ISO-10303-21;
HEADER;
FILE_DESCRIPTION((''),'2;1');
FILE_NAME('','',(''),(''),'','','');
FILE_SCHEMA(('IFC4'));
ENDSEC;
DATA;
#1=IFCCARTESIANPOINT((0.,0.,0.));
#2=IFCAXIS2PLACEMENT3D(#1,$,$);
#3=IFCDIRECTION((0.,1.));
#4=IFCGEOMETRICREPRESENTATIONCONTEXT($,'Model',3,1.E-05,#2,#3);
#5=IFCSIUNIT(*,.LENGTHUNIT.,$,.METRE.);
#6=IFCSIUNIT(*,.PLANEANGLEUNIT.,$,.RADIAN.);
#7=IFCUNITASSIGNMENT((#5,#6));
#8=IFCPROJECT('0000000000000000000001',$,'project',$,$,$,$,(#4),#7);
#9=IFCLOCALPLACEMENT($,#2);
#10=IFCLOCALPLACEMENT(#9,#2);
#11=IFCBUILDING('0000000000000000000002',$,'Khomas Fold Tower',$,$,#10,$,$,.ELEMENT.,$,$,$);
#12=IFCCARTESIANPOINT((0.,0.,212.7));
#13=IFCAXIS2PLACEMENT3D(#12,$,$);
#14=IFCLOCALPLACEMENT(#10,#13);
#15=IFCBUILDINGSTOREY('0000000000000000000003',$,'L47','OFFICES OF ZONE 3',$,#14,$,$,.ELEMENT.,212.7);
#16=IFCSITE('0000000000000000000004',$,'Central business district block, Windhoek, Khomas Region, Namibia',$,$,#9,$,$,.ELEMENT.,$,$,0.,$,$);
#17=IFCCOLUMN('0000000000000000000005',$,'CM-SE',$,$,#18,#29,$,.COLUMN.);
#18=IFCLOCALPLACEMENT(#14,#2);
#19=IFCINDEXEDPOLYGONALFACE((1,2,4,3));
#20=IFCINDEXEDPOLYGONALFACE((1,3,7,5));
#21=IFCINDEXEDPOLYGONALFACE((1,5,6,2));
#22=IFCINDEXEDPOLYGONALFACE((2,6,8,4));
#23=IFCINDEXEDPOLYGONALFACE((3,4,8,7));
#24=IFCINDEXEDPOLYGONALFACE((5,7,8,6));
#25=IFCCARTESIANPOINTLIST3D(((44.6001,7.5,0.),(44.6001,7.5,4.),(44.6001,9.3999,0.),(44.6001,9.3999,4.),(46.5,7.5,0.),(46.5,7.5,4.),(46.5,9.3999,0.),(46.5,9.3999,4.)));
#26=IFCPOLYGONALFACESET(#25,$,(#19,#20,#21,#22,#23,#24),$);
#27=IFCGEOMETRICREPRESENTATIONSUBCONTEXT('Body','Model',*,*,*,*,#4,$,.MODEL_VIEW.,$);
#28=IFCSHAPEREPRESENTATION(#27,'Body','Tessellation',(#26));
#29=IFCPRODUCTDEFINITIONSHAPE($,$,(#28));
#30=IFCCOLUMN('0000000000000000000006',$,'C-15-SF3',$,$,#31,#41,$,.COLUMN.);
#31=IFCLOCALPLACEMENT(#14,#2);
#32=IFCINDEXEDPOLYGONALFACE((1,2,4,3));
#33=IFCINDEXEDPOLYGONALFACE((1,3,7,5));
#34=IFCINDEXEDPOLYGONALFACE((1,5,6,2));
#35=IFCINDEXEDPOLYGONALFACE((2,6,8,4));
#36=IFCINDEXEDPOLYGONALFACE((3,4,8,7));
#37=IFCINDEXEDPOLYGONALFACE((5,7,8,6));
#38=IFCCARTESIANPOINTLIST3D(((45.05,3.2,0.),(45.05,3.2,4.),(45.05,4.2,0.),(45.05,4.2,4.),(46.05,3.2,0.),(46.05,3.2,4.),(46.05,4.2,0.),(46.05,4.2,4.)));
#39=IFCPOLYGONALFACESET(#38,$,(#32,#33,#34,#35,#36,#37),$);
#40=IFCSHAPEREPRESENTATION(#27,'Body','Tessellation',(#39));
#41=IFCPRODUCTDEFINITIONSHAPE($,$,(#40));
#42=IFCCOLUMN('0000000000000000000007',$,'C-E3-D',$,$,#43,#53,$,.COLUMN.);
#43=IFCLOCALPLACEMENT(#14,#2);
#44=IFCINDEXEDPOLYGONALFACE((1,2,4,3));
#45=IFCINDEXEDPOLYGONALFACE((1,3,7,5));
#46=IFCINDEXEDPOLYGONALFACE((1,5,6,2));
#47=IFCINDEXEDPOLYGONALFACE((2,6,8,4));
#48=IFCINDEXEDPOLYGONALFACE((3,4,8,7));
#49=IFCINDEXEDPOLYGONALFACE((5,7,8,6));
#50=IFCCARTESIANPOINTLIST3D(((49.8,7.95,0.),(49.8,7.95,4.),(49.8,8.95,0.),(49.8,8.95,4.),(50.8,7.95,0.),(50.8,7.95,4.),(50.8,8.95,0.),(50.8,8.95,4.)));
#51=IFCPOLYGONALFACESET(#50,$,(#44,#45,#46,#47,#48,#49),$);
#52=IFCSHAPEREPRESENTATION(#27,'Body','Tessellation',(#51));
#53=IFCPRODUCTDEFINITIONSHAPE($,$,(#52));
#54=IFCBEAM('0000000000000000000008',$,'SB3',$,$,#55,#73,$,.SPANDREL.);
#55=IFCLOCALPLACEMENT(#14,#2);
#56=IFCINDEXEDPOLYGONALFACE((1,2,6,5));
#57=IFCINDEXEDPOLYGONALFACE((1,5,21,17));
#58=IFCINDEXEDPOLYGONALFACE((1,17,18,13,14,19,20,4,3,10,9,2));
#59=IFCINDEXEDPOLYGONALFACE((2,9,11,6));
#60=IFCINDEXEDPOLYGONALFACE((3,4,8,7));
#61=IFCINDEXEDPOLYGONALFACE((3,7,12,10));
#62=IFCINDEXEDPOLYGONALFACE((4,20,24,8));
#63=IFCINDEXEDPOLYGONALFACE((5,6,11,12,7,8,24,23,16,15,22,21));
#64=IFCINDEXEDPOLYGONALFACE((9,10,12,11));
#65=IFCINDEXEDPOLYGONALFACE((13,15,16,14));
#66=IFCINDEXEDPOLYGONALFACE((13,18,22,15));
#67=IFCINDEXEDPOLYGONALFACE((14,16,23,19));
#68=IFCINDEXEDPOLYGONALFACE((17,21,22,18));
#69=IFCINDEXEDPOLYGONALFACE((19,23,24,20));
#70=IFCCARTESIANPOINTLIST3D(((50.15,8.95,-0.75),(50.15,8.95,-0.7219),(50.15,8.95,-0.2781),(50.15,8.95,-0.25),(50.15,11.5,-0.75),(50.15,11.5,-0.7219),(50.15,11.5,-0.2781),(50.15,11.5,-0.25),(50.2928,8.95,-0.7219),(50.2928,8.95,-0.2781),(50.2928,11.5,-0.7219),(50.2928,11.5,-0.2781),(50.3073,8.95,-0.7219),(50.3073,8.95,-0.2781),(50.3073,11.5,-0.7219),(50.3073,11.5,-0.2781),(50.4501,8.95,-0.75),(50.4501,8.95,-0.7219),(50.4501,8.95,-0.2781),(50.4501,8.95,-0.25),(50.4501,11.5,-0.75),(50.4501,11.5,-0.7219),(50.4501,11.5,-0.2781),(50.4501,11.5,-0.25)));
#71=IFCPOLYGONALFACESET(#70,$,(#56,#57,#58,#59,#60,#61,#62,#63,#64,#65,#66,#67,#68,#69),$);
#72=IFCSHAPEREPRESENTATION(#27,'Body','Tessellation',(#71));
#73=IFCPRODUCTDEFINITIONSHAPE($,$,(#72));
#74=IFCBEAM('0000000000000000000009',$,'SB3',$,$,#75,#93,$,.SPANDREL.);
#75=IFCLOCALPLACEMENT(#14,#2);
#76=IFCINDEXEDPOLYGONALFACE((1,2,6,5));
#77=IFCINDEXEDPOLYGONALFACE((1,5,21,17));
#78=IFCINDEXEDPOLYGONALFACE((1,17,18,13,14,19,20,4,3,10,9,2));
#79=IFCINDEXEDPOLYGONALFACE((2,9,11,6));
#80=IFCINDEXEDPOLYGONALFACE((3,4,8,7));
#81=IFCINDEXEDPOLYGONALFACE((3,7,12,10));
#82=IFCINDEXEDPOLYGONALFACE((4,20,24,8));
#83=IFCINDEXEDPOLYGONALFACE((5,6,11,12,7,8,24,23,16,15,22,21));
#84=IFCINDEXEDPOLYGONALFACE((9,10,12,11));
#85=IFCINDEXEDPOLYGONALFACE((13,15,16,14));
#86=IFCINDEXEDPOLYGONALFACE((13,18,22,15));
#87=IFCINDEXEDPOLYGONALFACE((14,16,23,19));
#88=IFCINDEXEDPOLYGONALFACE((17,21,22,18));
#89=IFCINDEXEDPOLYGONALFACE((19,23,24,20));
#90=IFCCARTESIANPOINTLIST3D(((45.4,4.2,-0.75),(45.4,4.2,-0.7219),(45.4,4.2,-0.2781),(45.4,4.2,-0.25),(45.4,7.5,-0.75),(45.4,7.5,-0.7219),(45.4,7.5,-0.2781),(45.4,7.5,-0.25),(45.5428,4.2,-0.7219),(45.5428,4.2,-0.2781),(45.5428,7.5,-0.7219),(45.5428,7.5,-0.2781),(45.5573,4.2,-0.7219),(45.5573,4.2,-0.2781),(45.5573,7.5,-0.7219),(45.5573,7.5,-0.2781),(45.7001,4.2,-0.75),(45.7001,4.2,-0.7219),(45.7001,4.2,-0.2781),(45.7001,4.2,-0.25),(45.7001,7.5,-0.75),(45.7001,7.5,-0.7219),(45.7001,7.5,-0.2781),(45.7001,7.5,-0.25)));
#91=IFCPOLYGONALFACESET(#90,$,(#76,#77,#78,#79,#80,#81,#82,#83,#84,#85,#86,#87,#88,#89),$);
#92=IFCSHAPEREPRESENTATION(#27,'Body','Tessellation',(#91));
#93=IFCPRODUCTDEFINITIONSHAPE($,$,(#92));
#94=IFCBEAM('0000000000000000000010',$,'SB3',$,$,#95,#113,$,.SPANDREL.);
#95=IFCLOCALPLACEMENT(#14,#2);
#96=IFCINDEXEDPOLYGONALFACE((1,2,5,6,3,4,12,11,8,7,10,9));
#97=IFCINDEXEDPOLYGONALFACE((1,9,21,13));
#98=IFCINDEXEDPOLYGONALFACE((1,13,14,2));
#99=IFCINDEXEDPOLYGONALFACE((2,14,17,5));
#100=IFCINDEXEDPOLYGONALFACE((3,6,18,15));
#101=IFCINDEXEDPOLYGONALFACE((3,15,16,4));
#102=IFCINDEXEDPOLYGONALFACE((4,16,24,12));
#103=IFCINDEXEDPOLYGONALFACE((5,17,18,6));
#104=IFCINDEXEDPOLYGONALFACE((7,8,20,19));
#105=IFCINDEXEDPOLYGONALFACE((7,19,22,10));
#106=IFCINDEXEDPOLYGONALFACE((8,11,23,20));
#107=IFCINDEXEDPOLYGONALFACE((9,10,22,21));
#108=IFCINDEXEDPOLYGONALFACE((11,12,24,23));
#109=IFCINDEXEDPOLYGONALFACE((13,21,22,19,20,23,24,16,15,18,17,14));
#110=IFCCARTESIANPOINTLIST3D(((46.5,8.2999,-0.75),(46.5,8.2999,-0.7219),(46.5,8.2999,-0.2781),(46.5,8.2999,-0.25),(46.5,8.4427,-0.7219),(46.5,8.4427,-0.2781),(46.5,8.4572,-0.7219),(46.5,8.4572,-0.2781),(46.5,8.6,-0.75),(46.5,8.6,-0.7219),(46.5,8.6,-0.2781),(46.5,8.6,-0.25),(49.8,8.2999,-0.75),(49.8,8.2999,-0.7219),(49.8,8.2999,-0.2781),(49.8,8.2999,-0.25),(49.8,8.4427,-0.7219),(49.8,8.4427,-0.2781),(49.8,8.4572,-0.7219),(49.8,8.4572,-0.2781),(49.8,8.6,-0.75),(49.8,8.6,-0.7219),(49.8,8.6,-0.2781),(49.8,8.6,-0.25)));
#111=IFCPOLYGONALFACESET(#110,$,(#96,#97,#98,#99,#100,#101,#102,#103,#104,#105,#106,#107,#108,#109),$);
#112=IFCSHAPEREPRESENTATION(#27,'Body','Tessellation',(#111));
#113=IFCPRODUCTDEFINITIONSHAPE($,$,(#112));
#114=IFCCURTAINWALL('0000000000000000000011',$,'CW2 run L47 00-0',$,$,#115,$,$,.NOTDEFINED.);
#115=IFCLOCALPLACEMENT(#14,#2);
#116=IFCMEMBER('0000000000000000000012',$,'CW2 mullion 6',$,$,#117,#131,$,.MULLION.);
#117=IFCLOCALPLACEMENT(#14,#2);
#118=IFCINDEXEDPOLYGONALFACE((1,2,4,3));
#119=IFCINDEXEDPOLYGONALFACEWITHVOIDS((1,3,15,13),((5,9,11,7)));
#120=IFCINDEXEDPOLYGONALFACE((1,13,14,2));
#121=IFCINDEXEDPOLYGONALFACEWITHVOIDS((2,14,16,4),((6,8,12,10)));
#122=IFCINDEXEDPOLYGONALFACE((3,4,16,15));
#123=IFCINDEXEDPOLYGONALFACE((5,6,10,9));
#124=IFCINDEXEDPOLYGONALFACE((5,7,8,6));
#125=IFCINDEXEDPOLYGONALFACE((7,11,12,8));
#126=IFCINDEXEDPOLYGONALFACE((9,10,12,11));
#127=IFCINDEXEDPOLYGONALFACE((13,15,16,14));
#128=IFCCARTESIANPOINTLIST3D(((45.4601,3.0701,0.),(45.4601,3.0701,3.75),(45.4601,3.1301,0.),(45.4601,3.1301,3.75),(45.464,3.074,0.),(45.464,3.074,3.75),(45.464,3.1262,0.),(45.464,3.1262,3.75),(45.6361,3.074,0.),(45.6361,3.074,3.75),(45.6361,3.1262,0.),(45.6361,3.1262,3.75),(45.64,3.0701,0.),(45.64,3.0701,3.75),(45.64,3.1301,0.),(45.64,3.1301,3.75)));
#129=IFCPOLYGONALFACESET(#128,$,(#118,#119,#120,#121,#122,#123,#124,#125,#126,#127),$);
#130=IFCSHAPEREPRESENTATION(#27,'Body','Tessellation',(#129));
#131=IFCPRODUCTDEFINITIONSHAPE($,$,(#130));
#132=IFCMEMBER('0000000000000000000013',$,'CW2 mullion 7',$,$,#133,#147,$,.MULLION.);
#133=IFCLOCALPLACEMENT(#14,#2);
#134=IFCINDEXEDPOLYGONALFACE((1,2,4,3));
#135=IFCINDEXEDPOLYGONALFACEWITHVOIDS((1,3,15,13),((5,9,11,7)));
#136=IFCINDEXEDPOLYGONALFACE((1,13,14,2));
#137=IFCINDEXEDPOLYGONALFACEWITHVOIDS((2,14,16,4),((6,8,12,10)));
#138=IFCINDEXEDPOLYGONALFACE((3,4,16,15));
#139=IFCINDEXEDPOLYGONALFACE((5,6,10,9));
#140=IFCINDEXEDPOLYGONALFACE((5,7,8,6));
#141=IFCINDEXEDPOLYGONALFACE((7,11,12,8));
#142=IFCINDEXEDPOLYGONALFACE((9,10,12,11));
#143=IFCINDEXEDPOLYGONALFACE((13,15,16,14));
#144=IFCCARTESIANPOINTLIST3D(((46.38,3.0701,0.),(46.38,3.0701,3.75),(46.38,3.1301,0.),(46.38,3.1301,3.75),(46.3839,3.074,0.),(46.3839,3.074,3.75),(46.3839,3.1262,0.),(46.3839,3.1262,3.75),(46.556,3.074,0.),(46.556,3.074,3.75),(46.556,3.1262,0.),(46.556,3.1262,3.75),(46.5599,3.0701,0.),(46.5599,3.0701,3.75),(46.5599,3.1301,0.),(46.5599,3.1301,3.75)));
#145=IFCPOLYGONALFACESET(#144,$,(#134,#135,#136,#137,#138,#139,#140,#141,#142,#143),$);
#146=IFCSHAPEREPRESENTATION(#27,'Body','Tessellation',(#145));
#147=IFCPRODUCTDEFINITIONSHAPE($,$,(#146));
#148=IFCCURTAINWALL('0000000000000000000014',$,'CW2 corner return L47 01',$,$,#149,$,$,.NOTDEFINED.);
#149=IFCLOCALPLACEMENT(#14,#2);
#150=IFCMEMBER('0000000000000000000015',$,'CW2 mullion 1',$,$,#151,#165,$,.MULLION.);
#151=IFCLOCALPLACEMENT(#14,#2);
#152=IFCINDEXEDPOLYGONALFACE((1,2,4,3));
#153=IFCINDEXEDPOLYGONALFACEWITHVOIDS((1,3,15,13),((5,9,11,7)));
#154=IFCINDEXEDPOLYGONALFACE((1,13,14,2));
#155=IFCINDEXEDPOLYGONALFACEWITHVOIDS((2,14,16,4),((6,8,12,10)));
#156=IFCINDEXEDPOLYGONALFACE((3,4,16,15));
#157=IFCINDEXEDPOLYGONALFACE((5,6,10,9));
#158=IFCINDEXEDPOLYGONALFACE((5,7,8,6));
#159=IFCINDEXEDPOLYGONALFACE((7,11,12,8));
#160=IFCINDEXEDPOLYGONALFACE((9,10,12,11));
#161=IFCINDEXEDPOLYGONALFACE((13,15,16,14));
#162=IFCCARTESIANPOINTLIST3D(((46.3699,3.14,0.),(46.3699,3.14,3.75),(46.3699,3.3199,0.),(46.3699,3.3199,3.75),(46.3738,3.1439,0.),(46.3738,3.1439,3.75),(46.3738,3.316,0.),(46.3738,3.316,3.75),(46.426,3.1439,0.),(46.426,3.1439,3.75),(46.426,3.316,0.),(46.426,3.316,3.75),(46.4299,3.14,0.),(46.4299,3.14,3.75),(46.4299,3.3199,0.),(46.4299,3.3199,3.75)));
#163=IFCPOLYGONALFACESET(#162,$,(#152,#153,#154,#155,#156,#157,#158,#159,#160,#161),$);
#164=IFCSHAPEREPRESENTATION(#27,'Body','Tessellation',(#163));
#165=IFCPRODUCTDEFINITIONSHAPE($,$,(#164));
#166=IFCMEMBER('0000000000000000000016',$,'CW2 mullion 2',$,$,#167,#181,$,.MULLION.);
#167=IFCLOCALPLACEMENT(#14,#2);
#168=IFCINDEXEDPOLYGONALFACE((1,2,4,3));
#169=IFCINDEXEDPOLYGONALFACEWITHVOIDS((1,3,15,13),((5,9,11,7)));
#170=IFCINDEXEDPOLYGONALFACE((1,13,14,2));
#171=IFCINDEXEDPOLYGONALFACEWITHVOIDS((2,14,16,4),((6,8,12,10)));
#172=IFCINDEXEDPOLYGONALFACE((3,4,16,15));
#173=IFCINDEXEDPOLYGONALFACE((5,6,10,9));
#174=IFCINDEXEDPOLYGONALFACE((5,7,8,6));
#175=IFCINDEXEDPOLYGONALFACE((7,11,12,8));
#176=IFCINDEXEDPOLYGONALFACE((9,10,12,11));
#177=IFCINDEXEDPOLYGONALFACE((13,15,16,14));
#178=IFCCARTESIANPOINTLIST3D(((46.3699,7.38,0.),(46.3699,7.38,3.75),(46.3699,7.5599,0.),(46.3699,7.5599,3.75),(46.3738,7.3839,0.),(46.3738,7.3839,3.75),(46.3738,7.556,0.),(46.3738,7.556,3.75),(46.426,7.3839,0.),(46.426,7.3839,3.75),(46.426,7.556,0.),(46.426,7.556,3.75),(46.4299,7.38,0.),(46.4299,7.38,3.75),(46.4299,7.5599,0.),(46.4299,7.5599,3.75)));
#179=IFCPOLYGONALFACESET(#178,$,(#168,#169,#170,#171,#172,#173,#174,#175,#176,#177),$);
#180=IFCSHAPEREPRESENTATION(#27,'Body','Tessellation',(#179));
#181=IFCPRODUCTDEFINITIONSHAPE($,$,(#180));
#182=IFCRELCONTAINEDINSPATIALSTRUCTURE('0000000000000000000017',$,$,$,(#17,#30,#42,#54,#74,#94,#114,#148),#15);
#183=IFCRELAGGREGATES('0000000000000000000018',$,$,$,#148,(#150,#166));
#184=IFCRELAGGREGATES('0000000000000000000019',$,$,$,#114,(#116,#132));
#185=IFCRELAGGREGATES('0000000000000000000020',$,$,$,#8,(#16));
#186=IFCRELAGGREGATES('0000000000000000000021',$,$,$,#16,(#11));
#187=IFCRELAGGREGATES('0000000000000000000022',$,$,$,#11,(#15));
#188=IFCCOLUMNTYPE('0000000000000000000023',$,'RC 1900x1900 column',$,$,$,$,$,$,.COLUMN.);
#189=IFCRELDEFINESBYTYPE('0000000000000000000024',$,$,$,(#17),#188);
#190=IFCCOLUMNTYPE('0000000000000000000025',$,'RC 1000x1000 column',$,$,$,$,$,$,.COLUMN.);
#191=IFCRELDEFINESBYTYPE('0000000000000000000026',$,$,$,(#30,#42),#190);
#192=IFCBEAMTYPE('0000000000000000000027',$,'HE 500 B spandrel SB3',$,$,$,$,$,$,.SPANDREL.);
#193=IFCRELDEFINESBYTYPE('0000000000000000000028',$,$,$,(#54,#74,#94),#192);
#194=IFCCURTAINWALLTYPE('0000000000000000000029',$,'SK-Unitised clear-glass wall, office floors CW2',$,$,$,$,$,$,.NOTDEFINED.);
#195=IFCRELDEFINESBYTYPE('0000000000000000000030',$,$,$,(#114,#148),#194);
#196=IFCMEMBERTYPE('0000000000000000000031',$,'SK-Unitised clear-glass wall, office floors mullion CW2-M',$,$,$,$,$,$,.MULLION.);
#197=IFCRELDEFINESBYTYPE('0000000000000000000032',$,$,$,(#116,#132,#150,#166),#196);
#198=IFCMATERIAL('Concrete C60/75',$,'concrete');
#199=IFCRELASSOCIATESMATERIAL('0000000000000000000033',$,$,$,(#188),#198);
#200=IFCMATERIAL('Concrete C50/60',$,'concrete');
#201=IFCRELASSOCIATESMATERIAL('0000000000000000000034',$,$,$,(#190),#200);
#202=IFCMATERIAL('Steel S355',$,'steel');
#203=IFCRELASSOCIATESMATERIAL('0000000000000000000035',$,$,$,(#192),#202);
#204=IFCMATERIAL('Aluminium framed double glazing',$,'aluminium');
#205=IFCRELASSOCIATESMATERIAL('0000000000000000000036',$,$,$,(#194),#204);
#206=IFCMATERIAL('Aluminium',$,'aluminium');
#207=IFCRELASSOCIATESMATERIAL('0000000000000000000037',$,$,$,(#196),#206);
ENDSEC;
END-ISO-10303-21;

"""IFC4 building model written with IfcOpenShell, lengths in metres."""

from ifc_helpers import new_model, si_unit, direction, frame, origin, origin_2d, place, context, subcontext, project, spatial, rectangle, hollow_rectangle, i_section, extrude, source, transform, mapped, material, material_profile, profile_set, type_object, element, aggregate, save


model = new_model("IFC4")

# Units and contexts
model_context = context("Model", 3, precision=1e-05, world=origin(), true_north=direction((0.0, 1.0)))
body_context = subcontext(model_context, "Body", "Model", "MODEL_VIEW")
ifc_project = project(units=[si_unit("LENGTHUNIT", "METRE"), si_unit("PLANEANGLEUNIT", "RADIAN")], contexts=[model_context])

# Site, building, storey
site_placement = place(None, origin())
site = spatial("IfcSite", under=ifc_project, at=site_placement, Name="Central business district block, Windhoek, Khomas Region, Namibia", CompositionType="ELEMENT", RefElevation=0.0)
building_placement = place(site_placement, origin())
building = spatial("IfcBuilding", under=site, at=building_placement, Name="Khomas Fold Tower", CompositionType="ELEMENT")
storey_placement = place(building_placement, frame((0.0, 0.0, 212.7)))
storey = spatial("IfcBuildingStorey", under=building, at=storey_placement, Name="L47", Description="OFFICES OF ZONE 3", CompositionType="ELEMENT", Elevation=212.7)

# Columns
ifc_material_1 = material(Name="Concrete C60/75", Category="concrete")
ifc_material_profile_1 = material_profile(ifc_material_1, rectangle(XDim=1.8999, YDim=1.8999, at=origin_2d()), Name="RC 1900x1900")
ifc_profile_set_1 = profile_set([ifc_material_profile_1], Name="Concrete C60/75")
column_type_1 = type_object("IfcColumnType", Name="RC 1900x1900 column", PredefinedType="COLUMN", material=ifc_profile_set_1)
shared_shape_1 = source(origin(), body_context, "Body", "SweptSolid", [
    extrude(rectangle(XDim=1.8999, YDim=1.8999, at=origin_2d()), origin(), (0.0, 0.0, 1.0), 4.0),
])
column_placement = place(storey_placement, frame((45.55, 8.45, 0.0), z_axis=(0.0, 0.0, 1.0), x_axis=(1.0, 0.0, 0.0)))
element("IfcColumn", 1, at=column_placement, inside=storey, type_object=column_type_1, Name="CM-SE", PredefinedType="COLUMN", context=body_context, shape_type="MappedRepresentation", body=[
    mapped(shared_shape_1, transform((0.0, 0.0, 0.0))),
])
ifc_material_2 = material(Name="Concrete C50/60", Category="concrete")
ifc_material_profile_2 = material_profile(ifc_material_2, rectangle(XDim=1.0, YDim=1.0, at=origin_2d()), Name="RC 1000x1000")
ifc_profile_set_2 = profile_set([ifc_material_profile_2], Name="Concrete C50/60")
column_type_2 = type_object("IfcColumnType", Name="RC 1000x1000 column", PredefinedType="COLUMN", material=ifc_profile_set_2)
shared_shape_2 = source(origin(), body_context, "Body", "SweptSolid", [
    extrude(rectangle(XDim=1.0, YDim=1.0, at=origin_2d()), origin(), (0.0, 0.0, 1.0), 4.0),
])
for number, where, z_axis, x_axis, name in (
    (2, (45.55, 3.7, 0.0), (0.0, 0.0, 1.0), (1.0, 0.0, 0.0), "C-15-SF3"),
    (3, (50.3, 8.45, 0.0), (0.0, 0.0, 1.0), (1.0, 0.0, 0.0), "C-E3-D"),
):
    element("IfcColumn", number, at=place(storey_placement, frame(where, z_axis=z_axis, x_axis=x_axis)), inside=storey, type_object=column_type_2, Name=name, PredefinedType="COLUMN", context=body_context, shape_type="MappedRepresentation", body=[
        mapped(shared_shape_2, transform((0.0, 0.0, 0.0))),
    ])

# Beams
ifc_material_3 = material(Name="Steel S355", Category="steel")
ifc_material_profile_3 = material_profile(ifc_material_3, i_section(OverallWidth=0.3, OverallDepth=0.5, WebThickness=0.0144, FlangeThickness=0.0281, at=origin_2d()), Name="HE 500 B")
ifc_profile_set_3 = profile_set([ifc_material_profile_3], Name="Steel S355")
beam_type = type_object("IfcBeamType", Name="HE 500 B spandrel SB3", PredefinedType="SPANDREL", material=ifc_profile_set_3)
shared_shape_3 = source(origin(), body_context, "Body", "SweptSolid", [
    extrude(i_section(OverallWidth=0.3, OverallDepth=0.5, WebThickness=0.0144, FlangeThickness=0.0281, at=origin_2d()), origin(), (0.0, 0.0, 1.0), 2.55),
])
beam_placement = place(storey_placement, frame((50.3, 8.95, -0.5), z_axis=(0.0, 1.0, 0.0), x_axis=(-1.0, 0.0, 0.0)))
element("IfcBeam", 4, at=beam_placement, inside=storey, type_object=beam_type, Name="SB3", PredefinedType="SPANDREL", context=body_context, shape_type="MappedRepresentation", body=[
    mapped(shared_shape_3, transform((0.0, 0.0, 0.0))),
])
shared_shape_4 = source(origin(), body_context, "Body", "SweptSolid", [
    extrude(i_section(OverallWidth=0.3, OverallDepth=0.5, WebThickness=0.0144, FlangeThickness=0.0281, at=origin_2d()), origin(), (0.0, 0.0, 1.0), 3.3),
])
for number, where, z_axis, x_axis, name in (
    (5, (45.55, 4.2, -0.5), (0.0, 1.0, 0.0), (-1.0, 0.0, 0.0), "SB3"),
    (6, (46.5, 8.45, -0.5), (1.0, 0.0, 0.0), (0.0, 1.0, 0.0), "SB3"),
):
    element("IfcBeam", number, at=place(storey_placement, frame(where, z_axis=z_axis, x_axis=x_axis)), inside=storey, type_object=beam_type, Name=name, PredefinedType="SPANDREL", context=body_context, shape_type="MappedRepresentation", body=[
        mapped(shared_shape_4, transform((0.0, 0.0, 0.0))),
    ])

# Curtain walls, members
ifc_material_4 = material(Name="Aluminium framed double glazing", Category="aluminium")
curtain_wall_type = type_object("IfcCurtainWallType", Name="SK-Unitised clear-glass wall, office floors CW2", PredefinedType="NOTDEFINED", material=ifc_material_4)
curtain_wall_1_placement = place(storey_placement, origin())
curtain_wall_1 = element("IfcCurtainWall", 7, at=curtain_wall_1_placement, inside=storey, type_object=curtain_wall_type, Name="CW2 run L47 00-0", PredefinedType="NOTDEFINED")
ifc_material_5 = material(Name="Aluminium", Category="aluminium")
ifc_material_profile_4 = material_profile(ifc_material_5, hollow_rectangle(XDim=0.0601, YDim=0.1799, WallThickness=0.0039, at=origin_2d()), Name="SK-Unitised clear-glass wall, office floors mullion CW2-M")
ifc_profile_set_4 = profile_set([ifc_material_profile_4], Name="Aluminium")
member_type_1 = type_object("IfcMemberType", Name="SK-Unitised clear-glass wall, office floors mullion CW2-M", PredefinedType="MULLION", material=ifc_profile_set_4)
shared_shape_5 = source(origin(), body_context, "Body", "SweptSolid", [
    extrude(hollow_rectangle(XDim=0.0601, YDim=0.1799, WallThickness=0.0039, at=origin_2d()), origin(), (0.0, 0.0, 1.0), 3.75),
])
member_1_placement = place(storey_placement, frame((45.55, 3.1001, 0.0), z_axis=(0.0, 0.0, 1.0), x_axis=(0.0, 1.0, 0.0)))
member_1 = element("IfcMember", 8, at=member_1_placement, type_object=member_type_1, Name="CW2 mullion 6", PredefinedType="MULLION", context=body_context, shape_type="MappedRepresentation", body=[
    mapped(shared_shape_5, transform((0.0, 0.0, 0.0))),
])
member_2_placement = place(storey_placement, frame((46.47, 3.1001, 0.0), z_axis=(0.0, 0.0, 1.0), x_axis=(0.0, 1.0, 0.0)))
member_2 = element("IfcMember", 9, at=member_2_placement, type_object=member_type_1, Name="CW2 mullion 7", PredefinedType="MULLION", context=body_context, shape_type="MappedRepresentation", body=[
    mapped(shared_shape_5, transform((0.0, 0.0, 0.0))),
])
curtain_wall_2_placement = place(storey_placement, origin())
curtain_wall_2 = element("IfcCurtainWall", 10, at=curtain_wall_2_placement, inside=storey, type_object=curtain_wall_type, Name="CW2 corner return L47 01", PredefinedType="NOTDEFINED")
member_3_placement = place(storey_placement, frame((46.3999, 3.23, 0.0), z_axis=(0.0, 0.0, 1.0), x_axis=(-1.0, 0.0, 0.0)))
member_3 = element("IfcMember", 11, at=member_3_placement, type_object=member_type_1, Name="CW2 mullion 1", PredefinedType="MULLION", context=body_context, shape_type="MappedRepresentation", body=[
    mapped(shared_shape_5, transform((0.0, 0.0, 0.0))),
])
member_4_placement = place(storey_placement, frame((46.3999, 7.47, 0.0), z_axis=(0.0, 0.0, 1.0), x_axis=(-1.0, 0.0, 0.0)))
member_4 = element("IfcMember", 12, at=member_4_placement, type_object=member_type_1, Name="CW2 mullion 2", PredefinedType="MULLION", context=body_context, shape_type="MappedRepresentation", body=[
    mapped(shared_shape_5, transform((0.0, 0.0, 0.0))),
])

aggregate(curtain_wall_2, [member_3, member_4])
aggregate(curtain_wall_1, [member_1, member_2])

save(model, "model.ifc")
